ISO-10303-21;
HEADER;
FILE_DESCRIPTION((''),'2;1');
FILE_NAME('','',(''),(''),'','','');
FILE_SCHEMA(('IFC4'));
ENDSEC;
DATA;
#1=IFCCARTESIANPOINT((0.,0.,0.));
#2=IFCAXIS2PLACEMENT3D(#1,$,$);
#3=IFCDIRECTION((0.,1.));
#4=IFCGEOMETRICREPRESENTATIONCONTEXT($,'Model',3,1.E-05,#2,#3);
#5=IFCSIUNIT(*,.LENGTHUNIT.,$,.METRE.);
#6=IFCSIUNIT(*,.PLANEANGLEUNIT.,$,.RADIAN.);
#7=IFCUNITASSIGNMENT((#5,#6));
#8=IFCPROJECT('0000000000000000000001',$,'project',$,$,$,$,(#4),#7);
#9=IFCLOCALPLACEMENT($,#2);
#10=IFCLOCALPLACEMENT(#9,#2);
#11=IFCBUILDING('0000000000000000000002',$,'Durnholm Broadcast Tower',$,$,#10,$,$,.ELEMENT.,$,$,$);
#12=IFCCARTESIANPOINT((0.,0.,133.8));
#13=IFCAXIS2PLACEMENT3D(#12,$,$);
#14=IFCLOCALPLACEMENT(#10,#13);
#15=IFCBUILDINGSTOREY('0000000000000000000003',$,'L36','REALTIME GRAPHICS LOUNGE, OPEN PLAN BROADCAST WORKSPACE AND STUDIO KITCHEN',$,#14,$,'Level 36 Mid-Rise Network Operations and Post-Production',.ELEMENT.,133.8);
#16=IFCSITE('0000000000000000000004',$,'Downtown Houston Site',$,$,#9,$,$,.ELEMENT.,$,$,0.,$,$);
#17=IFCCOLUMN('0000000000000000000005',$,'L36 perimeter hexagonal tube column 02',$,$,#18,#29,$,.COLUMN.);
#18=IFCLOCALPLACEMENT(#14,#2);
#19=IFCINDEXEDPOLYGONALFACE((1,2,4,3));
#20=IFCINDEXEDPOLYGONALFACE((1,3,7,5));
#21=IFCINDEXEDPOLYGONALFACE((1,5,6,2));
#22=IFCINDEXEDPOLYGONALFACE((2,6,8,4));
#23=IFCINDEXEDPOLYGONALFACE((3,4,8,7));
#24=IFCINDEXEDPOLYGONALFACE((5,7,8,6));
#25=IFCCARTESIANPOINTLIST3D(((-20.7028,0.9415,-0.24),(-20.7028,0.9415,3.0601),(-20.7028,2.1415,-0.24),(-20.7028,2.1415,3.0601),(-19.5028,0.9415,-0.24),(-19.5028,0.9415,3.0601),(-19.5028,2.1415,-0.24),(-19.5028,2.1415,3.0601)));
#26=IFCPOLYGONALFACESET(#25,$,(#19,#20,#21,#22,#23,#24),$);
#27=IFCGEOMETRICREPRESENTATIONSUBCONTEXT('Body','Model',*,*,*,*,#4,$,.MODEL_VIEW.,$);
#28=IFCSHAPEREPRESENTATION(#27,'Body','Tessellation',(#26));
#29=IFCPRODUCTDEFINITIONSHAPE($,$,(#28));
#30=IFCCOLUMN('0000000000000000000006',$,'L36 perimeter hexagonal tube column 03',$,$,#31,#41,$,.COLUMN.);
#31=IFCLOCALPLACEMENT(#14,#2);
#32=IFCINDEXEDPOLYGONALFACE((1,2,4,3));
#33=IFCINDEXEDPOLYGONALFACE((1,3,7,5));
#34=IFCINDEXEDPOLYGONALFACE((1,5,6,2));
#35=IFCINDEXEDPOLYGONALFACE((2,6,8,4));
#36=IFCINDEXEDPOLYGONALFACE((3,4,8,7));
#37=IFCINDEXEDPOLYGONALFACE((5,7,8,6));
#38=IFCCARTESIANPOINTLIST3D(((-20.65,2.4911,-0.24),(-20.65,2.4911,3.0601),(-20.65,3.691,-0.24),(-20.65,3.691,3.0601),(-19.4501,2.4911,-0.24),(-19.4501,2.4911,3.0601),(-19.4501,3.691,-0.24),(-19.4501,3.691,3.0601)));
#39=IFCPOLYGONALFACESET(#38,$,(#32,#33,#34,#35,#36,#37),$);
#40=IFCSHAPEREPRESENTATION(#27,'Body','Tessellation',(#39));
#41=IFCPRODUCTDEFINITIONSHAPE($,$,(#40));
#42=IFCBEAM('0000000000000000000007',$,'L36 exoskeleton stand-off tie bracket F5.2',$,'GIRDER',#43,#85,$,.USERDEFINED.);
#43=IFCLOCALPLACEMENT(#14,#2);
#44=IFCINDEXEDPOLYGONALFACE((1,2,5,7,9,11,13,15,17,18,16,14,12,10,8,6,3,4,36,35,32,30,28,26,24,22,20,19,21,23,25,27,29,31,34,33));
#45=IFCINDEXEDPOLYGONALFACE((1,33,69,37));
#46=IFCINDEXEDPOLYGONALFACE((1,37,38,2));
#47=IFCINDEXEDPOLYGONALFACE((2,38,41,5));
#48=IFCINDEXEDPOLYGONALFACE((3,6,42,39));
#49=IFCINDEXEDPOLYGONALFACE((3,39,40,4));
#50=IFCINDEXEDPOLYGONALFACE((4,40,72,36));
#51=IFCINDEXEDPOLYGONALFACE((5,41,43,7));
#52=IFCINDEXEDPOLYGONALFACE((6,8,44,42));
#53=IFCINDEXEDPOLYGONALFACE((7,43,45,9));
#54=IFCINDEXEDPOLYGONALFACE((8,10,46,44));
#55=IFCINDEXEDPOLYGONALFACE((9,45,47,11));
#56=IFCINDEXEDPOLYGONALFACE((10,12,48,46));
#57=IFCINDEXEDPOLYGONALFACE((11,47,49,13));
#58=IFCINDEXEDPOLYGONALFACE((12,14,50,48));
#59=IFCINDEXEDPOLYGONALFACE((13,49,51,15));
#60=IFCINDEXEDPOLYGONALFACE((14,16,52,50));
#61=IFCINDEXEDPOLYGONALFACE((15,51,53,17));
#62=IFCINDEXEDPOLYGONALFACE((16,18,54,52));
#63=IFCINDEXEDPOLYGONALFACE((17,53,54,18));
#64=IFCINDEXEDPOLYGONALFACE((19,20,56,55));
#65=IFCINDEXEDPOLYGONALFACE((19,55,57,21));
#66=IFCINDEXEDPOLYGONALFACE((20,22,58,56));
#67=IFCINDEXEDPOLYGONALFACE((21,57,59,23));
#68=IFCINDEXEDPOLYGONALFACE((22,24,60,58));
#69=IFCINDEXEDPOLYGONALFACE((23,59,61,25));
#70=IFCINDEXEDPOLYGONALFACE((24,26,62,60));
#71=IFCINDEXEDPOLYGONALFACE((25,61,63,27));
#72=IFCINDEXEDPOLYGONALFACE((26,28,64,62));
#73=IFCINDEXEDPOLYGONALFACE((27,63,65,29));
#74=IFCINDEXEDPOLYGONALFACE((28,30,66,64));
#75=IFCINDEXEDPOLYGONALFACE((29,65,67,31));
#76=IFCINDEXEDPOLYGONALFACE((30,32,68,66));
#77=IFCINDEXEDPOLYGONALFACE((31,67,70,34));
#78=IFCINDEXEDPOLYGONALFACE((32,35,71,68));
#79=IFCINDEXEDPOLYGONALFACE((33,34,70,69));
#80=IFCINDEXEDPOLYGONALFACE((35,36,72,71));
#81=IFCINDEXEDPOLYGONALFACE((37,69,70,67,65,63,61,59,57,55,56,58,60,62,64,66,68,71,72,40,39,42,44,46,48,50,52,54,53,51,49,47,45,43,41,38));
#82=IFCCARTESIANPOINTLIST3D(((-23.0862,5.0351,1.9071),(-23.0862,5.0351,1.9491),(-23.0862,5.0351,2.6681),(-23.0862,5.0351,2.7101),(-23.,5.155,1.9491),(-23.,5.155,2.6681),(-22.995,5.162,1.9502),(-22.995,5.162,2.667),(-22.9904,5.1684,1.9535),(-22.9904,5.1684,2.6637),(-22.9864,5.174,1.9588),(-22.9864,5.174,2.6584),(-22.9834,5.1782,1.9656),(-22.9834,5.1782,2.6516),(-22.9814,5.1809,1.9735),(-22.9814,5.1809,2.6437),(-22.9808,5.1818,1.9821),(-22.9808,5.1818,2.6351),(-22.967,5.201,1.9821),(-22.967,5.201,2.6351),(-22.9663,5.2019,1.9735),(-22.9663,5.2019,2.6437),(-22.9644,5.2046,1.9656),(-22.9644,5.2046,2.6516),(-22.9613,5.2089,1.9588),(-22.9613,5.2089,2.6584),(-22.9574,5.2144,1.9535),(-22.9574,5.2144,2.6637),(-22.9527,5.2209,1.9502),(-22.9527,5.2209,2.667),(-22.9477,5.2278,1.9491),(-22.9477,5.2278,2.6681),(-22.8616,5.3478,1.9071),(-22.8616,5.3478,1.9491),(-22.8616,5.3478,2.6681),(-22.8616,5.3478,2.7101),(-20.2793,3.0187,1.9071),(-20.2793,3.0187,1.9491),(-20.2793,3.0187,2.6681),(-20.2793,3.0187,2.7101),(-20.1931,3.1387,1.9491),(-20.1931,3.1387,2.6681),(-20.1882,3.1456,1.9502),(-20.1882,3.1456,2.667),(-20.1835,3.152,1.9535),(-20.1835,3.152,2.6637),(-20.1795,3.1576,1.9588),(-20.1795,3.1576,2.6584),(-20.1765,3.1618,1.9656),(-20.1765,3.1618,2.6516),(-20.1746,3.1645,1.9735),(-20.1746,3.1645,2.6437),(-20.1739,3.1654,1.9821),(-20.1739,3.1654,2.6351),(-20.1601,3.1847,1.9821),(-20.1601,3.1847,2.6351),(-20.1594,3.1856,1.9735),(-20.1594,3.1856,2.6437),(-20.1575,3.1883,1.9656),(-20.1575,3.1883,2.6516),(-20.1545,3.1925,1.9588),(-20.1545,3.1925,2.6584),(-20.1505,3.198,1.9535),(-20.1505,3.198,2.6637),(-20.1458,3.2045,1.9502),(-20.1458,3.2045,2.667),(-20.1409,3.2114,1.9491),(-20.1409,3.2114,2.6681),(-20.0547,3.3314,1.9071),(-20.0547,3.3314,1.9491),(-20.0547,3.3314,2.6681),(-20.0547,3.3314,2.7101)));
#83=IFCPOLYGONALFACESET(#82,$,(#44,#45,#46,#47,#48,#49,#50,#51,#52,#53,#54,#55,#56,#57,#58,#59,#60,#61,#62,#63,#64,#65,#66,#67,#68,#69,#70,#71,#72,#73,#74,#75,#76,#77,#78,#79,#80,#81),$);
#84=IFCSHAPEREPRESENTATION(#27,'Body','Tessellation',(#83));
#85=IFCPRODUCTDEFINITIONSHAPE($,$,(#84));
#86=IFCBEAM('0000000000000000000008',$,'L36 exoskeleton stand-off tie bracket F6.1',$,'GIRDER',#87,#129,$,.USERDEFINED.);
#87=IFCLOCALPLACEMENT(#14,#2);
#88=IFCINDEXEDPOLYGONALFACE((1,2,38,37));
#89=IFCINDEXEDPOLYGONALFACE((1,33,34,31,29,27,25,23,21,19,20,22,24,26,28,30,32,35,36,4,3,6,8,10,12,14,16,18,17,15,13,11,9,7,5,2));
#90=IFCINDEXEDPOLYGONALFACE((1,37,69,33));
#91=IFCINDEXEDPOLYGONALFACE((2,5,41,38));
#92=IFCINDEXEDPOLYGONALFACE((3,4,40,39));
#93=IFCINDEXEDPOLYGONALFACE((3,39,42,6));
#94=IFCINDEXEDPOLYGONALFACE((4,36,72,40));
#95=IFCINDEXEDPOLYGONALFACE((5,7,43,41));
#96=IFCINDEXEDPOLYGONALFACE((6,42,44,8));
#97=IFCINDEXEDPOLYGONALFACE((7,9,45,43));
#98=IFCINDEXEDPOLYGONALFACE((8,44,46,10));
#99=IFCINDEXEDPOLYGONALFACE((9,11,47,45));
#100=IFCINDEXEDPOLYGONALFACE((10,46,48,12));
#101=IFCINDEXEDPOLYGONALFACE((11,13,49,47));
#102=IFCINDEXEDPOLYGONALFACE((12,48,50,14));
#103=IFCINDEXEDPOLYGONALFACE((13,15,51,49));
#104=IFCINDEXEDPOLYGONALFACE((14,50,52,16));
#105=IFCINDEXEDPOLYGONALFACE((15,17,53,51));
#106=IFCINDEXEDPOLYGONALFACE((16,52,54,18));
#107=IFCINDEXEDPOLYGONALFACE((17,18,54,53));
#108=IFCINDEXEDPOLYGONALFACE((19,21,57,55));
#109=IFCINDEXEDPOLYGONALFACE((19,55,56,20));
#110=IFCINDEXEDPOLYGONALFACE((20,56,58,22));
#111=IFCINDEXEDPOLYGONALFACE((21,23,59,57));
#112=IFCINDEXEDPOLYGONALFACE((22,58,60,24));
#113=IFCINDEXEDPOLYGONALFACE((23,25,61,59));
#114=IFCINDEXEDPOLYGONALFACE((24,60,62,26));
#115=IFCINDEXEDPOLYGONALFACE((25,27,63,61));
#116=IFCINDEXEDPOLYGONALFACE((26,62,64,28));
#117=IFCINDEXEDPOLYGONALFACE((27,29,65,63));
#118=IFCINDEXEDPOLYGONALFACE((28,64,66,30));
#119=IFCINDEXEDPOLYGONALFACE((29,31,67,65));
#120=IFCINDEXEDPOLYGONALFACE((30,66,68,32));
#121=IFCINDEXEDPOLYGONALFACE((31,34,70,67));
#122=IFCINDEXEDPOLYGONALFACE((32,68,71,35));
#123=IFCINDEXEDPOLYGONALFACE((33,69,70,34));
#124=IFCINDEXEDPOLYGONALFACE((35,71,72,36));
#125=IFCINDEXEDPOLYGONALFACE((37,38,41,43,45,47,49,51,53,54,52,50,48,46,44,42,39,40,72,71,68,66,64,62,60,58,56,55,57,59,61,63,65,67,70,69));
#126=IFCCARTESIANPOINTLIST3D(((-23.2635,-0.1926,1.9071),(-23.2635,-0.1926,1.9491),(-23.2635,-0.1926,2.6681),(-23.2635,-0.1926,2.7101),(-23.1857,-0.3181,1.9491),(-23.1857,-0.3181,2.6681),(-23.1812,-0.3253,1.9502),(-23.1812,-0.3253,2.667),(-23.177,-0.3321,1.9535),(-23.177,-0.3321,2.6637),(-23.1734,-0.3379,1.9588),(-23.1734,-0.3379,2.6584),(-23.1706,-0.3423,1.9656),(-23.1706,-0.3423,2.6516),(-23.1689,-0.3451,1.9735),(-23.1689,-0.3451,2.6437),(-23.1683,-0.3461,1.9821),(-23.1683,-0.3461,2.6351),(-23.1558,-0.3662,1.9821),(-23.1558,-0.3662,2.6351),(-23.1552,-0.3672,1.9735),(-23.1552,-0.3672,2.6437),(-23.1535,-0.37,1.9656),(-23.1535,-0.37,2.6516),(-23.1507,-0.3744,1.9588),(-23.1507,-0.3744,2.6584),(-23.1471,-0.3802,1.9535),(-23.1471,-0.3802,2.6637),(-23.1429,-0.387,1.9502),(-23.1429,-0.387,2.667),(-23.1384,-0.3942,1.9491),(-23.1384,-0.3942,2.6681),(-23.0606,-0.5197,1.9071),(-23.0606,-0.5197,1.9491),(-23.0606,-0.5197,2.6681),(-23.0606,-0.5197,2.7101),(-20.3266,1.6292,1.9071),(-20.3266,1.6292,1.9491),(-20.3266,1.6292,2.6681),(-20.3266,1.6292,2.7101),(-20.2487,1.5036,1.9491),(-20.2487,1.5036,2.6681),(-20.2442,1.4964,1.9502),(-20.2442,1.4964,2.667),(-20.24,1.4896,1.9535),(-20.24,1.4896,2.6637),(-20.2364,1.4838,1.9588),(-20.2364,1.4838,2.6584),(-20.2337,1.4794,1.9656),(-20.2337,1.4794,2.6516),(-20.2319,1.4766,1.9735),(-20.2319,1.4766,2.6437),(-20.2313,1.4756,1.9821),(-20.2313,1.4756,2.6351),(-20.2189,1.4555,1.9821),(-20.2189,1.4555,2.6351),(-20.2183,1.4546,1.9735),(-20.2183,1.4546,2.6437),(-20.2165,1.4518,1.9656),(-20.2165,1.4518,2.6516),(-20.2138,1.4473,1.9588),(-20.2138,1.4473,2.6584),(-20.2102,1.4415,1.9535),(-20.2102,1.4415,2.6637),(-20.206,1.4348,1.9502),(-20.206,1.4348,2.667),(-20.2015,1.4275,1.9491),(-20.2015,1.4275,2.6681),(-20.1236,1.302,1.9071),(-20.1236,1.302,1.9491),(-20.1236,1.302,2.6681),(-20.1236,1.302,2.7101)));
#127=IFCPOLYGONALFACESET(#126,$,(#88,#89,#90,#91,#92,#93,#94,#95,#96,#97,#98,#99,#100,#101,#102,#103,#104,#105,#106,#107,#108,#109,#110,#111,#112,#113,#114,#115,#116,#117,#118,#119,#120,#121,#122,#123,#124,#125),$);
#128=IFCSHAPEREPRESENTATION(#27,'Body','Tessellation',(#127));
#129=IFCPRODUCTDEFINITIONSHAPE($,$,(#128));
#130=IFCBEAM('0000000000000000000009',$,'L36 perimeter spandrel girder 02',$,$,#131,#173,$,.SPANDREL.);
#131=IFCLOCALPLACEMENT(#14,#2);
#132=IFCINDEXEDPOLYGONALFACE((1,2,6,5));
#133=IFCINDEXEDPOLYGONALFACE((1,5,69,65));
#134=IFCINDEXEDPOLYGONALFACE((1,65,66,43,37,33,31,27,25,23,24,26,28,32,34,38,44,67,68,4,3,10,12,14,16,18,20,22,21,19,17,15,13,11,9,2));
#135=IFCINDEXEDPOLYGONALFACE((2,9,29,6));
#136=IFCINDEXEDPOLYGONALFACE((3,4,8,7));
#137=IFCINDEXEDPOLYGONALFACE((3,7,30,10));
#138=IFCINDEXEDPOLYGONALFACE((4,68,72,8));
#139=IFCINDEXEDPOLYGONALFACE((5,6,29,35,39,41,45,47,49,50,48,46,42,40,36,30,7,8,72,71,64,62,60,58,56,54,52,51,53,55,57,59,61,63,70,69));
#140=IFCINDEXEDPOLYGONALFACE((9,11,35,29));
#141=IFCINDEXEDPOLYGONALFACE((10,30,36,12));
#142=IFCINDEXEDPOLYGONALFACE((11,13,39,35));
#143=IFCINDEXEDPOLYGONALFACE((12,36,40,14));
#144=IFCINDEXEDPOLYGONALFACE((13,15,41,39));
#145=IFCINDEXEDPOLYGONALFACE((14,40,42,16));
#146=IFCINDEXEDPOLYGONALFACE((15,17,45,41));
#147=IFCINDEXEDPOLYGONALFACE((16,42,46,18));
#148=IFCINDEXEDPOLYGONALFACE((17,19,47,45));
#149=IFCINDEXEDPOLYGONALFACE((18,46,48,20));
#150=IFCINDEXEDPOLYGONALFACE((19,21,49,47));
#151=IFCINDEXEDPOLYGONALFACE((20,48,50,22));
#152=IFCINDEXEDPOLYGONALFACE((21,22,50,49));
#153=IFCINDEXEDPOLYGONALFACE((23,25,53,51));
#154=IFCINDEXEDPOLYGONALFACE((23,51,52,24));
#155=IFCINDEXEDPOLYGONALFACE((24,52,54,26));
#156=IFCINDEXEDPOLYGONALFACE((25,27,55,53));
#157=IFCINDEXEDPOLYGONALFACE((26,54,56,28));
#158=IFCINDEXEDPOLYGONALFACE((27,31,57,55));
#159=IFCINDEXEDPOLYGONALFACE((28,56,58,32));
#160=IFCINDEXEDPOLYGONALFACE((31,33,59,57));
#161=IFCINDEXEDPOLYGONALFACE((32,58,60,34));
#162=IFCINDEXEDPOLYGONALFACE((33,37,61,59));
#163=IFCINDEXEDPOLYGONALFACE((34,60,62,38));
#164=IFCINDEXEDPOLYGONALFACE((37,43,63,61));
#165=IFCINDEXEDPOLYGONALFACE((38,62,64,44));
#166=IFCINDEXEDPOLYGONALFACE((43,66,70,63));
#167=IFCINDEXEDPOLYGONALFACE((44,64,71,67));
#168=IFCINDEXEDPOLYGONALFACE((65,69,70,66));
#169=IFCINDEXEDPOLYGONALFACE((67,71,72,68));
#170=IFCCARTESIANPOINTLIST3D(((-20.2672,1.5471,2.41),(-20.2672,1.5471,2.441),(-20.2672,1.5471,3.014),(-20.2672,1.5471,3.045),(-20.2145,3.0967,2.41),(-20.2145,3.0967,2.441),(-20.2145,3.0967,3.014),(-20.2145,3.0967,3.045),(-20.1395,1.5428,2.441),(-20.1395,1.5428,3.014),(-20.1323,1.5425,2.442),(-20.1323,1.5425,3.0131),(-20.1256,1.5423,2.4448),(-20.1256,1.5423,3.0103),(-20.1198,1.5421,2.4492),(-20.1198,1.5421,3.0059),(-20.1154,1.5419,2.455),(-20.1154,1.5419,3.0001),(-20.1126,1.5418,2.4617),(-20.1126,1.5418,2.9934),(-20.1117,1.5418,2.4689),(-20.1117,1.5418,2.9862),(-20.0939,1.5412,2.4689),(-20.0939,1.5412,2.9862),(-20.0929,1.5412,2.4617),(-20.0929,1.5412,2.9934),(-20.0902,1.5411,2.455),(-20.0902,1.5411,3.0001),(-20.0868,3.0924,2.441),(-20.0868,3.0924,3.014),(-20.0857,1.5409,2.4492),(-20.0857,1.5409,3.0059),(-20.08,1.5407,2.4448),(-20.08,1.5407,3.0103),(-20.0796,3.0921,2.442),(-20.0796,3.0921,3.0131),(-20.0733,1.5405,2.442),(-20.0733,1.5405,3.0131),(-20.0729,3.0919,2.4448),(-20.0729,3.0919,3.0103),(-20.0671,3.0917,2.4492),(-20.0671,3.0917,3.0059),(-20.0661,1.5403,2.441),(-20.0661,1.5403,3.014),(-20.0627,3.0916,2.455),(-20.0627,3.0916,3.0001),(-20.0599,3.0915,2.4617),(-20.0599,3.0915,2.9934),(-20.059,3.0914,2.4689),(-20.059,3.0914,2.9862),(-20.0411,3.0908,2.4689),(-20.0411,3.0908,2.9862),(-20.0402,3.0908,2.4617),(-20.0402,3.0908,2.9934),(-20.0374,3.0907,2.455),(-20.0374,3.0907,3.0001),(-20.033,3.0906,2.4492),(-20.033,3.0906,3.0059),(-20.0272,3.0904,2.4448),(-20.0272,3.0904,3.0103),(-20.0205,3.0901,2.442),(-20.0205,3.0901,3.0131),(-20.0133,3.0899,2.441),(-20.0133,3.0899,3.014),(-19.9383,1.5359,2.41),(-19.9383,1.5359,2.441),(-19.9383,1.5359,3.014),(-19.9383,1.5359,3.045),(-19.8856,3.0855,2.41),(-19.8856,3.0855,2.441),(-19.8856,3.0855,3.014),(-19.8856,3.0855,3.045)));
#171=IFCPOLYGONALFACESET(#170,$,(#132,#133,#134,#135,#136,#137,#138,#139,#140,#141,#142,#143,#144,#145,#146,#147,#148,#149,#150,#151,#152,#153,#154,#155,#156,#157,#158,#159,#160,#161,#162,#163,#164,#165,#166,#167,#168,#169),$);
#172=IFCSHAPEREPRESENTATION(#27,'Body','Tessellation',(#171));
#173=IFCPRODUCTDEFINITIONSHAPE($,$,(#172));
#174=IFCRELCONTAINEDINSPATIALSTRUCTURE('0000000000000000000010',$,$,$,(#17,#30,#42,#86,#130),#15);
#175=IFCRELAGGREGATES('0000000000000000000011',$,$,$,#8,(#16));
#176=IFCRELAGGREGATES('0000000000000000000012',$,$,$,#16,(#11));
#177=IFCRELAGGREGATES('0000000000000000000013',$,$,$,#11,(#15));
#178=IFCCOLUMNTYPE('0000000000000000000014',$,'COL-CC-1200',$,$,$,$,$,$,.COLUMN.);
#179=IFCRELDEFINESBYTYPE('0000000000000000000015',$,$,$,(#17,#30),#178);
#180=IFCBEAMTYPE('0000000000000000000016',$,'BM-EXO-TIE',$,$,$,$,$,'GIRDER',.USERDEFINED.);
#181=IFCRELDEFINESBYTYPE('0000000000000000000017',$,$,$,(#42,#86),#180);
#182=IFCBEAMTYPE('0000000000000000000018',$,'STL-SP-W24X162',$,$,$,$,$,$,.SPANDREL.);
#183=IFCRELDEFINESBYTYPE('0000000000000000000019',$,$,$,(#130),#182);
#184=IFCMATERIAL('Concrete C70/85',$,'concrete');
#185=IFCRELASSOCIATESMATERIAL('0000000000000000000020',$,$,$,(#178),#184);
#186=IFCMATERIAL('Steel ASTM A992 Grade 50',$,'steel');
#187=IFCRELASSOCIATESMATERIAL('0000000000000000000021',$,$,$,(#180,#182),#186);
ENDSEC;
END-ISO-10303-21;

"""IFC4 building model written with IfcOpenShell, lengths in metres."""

from ifc_helpers import new_model, si_unit, direction, frame, origin, origin_2d, place, context, subcontext, project, spatial, rectangle, i_section, extrude, source, transform, mapped, material, material_profile, profile_set, type_object, type_shapes, element, save


model = new_model("IFC4")

# Units and contexts
model_context = context("Model", 3, precision=1e-05, world=origin(), true_north=direction((0.0, 1.0)))
body_context = subcontext(model_context, "Body", "Model", "MODEL_VIEW")
ifc_project = project(units=[si_unit("LENGTHUNIT", "METRE"), si_unit("PLANEANGLEUNIT", "RADIAN")], contexts=[model_context])

# Site, building, storey
site_placement = place(None, origin())
site = spatial("IfcSite", under=ifc_project, at=site_placement, Name="Downtown Houston Site", CompositionType="ELEMENT", RefElevation=0.0)
building_placement = place(site_placement, origin())
building = spatial("IfcBuilding", under=site, at=building_placement, Name="Durnholm Broadcast Tower", CompositionType="ELEMENT")
storey_placement = place(building_placement, frame((0.0, 0.0, 133.8)))
storey = spatial("IfcBuildingStorey", under=building, at=storey_placement, Name="L36", Description="REALTIME GRAPHICS LOUNGE, OPEN PLAN BROADCAST WORKSPACE AND STUDIO KITCHEN", LongName="Level 36 Mid-Rise Network Operations and Post-Production", CompositionType="ELEMENT", Elevation=133.8)

# Columns
ifc_material_1 = material(Name="Concrete C70/85", Category="concrete")
ifc_material_profile_1 = material_profile(ifc_material_1, rectangle(XDim=1.2, YDim=1.2, at=origin_2d()), Name="RC1200X1200")
ifc_profile_set_1 = profile_set([ifc_material_profile_1], Name="Concrete C70/85")
column_type = type_object("IfcColumnType", Name="COL-CC-1200", PredefinedType="COLUMN", material=ifc_profile_set_1)
shared_shape_1 = source(origin(), body_context, "Body", "SweptSolid", [
    extrude(rectangle(XDim=1.2, YDim=1.2, at=origin_2d()), origin(), (0.0, 0.0, 1.0), 3.3),
])
type_shapes(column_type, [shared_shape_1])
for number, where, z_axis, x_axis, name in (
    (1, (-20.1028, 1.5415, -0.24), (0.0, 0.0, 1.0), (1.0, 0.0, 0.0), "L36 perimeter hexagonal tube column 02"),
    (2, (-20.05, 3.0911, -0.24), (0.0, 0.0, 1.0), (1.0, 0.0, 0.0), "L36 perimeter hexagonal tube column 03"),
):
    element("IfcColumn", number, at=place(storey_placement, frame(where, z_axis=z_axis, x_axis=x_axis)), inside=storey, type_object=column_type, Name=name, PredefinedType="COLUMN", context=body_context, shape_type="MappedRepresentation", body=[
        mapped(shared_shape_1, transform((0.0, 0.0, 0.0), x_axis=(1.0, 0.0, 0.0), y_axis=(0.0, 1.0, 0.0), z_axis=(0.0, 0.0, 1.0), scale=1.0)),
    ])

# Beams
ifc_material_2 = material(Name="Steel ASTM A992 Grade 50", Category="steel")
ifc_material_profile_2 = material_profile(ifc_material_2, i_section(OverallWidth=0.385, OverallDepth=0.803, WebThickness=0.0237, FlangeThickness=0.042, FilletRadius=0.033, at=origin_2d()), Name="W30X261")
ifc_profile_set_2 = profile_set([ifc_material_profile_2], Name="Steel ASTM A992 Grade 50")
beam_type_1 = type_object("IfcBeamType", Name="BM-EXO-TIE", ElementType="GIRDER", PredefinedType="USERDEFINED", material=ifc_profile_set_2)
shared_shape_2 = source(origin(), body_context, "Body", "SweptSolid", [
    extrude(i_section(OverallWidth=0.385, OverallDepth=0.803, WebThickness=0.0237, FlangeThickness=0.042, FilletRadius=0.033, at=origin_2d()), origin(), (0.0, 0.0, 1.0), 3.4561),
])
type_shapes(beam_type_1, [shared_shape_2])
for number, where, z_axis, x_axis, name in (
    (3, (-20.167, 3.175, 2.3086), (-0.812165, 0.583428, 0.0), (-0.583428, -0.812165, 0.0), "L36 exoskeleton stand-off tie bracket F5.2"),
    (4, (-20.2251, 1.4656, 2.3086), (-0.849795, -0.527113, 0.0), (0.527113, -0.849795, 0.0), "L36 exoskeleton stand-off tie bracket F6.1"),
):
    element("IfcBeam", number, at=place(storey_placement, frame(where, z_axis=z_axis, x_axis=x_axis)), inside=storey, type_object=beam_type_1, Name=name, ObjectType="GIRDER", PredefinedType="USERDEFINED", context=body_context, shape_type="MappedRepresentation", body=[
        mapped(shared_shape_2, transform((0.0, 0.0, 0.0), x_axis=(1.0, 0.0, 0.0), y_axis=(0.0, 1.0, 0.0), z_axis=(0.0, 0.0, 1.0), scale=1.0)),
    ])
ifc_material_profile_3 = material_profile(ifc_material_2, i_section(OverallWidth=0.3291, OverallDepth=0.635, WebThickness=0.0178, FlangeThickness=0.031, FilletRadius=0.0278, at=origin_2d()), Name="W24X162")
ifc_profile_set_3 = profile_set([ifc_material_profile_3], Name="Steel ASTM A992 Grade 50")
beam_type_2 = type_object("IfcBeamType", Name="STL-SP-W24X162", PredefinedType="SPANDREL", material=ifc_profile_set_3)
shared_shape_3 = source(origin(), body_context, "Body", "SweptSolid", [
    extrude(i_section(OverallWidth=0.3291, OverallDepth=0.635, WebThickness=0.0178, FlangeThickness=0.031, FilletRadius=0.0278, at=origin_2d()), origin(), (0.0, 0.0, 1.0), 1.5505),
])
beam_1_placement = place(storey_placement, frame((-20.1028, 1.5415, 2.7275), z_axis=(0.034012, 0.999421, 0.0), x_axis=(-0.999421, 0.034012, 0.0)))
element("IfcBeam", 5, at=beam_1_placement, inside=storey, type_object=beam_type_2, Name="L36 perimeter spandrel girder 02", PredefinedType="SPANDREL", context=body_context, shape_type="MappedRepresentation", body=[
    mapped(shared_shape_3, transform((0.0, 0.0, 0.0), x_axis=(1.0, 0.0, 0.0), y_axis=(0.0, 1.0, 0.0), z_axis=(0.0, 0.0, 1.0), scale=1.0)),
])

save(model, "model.ifc")
